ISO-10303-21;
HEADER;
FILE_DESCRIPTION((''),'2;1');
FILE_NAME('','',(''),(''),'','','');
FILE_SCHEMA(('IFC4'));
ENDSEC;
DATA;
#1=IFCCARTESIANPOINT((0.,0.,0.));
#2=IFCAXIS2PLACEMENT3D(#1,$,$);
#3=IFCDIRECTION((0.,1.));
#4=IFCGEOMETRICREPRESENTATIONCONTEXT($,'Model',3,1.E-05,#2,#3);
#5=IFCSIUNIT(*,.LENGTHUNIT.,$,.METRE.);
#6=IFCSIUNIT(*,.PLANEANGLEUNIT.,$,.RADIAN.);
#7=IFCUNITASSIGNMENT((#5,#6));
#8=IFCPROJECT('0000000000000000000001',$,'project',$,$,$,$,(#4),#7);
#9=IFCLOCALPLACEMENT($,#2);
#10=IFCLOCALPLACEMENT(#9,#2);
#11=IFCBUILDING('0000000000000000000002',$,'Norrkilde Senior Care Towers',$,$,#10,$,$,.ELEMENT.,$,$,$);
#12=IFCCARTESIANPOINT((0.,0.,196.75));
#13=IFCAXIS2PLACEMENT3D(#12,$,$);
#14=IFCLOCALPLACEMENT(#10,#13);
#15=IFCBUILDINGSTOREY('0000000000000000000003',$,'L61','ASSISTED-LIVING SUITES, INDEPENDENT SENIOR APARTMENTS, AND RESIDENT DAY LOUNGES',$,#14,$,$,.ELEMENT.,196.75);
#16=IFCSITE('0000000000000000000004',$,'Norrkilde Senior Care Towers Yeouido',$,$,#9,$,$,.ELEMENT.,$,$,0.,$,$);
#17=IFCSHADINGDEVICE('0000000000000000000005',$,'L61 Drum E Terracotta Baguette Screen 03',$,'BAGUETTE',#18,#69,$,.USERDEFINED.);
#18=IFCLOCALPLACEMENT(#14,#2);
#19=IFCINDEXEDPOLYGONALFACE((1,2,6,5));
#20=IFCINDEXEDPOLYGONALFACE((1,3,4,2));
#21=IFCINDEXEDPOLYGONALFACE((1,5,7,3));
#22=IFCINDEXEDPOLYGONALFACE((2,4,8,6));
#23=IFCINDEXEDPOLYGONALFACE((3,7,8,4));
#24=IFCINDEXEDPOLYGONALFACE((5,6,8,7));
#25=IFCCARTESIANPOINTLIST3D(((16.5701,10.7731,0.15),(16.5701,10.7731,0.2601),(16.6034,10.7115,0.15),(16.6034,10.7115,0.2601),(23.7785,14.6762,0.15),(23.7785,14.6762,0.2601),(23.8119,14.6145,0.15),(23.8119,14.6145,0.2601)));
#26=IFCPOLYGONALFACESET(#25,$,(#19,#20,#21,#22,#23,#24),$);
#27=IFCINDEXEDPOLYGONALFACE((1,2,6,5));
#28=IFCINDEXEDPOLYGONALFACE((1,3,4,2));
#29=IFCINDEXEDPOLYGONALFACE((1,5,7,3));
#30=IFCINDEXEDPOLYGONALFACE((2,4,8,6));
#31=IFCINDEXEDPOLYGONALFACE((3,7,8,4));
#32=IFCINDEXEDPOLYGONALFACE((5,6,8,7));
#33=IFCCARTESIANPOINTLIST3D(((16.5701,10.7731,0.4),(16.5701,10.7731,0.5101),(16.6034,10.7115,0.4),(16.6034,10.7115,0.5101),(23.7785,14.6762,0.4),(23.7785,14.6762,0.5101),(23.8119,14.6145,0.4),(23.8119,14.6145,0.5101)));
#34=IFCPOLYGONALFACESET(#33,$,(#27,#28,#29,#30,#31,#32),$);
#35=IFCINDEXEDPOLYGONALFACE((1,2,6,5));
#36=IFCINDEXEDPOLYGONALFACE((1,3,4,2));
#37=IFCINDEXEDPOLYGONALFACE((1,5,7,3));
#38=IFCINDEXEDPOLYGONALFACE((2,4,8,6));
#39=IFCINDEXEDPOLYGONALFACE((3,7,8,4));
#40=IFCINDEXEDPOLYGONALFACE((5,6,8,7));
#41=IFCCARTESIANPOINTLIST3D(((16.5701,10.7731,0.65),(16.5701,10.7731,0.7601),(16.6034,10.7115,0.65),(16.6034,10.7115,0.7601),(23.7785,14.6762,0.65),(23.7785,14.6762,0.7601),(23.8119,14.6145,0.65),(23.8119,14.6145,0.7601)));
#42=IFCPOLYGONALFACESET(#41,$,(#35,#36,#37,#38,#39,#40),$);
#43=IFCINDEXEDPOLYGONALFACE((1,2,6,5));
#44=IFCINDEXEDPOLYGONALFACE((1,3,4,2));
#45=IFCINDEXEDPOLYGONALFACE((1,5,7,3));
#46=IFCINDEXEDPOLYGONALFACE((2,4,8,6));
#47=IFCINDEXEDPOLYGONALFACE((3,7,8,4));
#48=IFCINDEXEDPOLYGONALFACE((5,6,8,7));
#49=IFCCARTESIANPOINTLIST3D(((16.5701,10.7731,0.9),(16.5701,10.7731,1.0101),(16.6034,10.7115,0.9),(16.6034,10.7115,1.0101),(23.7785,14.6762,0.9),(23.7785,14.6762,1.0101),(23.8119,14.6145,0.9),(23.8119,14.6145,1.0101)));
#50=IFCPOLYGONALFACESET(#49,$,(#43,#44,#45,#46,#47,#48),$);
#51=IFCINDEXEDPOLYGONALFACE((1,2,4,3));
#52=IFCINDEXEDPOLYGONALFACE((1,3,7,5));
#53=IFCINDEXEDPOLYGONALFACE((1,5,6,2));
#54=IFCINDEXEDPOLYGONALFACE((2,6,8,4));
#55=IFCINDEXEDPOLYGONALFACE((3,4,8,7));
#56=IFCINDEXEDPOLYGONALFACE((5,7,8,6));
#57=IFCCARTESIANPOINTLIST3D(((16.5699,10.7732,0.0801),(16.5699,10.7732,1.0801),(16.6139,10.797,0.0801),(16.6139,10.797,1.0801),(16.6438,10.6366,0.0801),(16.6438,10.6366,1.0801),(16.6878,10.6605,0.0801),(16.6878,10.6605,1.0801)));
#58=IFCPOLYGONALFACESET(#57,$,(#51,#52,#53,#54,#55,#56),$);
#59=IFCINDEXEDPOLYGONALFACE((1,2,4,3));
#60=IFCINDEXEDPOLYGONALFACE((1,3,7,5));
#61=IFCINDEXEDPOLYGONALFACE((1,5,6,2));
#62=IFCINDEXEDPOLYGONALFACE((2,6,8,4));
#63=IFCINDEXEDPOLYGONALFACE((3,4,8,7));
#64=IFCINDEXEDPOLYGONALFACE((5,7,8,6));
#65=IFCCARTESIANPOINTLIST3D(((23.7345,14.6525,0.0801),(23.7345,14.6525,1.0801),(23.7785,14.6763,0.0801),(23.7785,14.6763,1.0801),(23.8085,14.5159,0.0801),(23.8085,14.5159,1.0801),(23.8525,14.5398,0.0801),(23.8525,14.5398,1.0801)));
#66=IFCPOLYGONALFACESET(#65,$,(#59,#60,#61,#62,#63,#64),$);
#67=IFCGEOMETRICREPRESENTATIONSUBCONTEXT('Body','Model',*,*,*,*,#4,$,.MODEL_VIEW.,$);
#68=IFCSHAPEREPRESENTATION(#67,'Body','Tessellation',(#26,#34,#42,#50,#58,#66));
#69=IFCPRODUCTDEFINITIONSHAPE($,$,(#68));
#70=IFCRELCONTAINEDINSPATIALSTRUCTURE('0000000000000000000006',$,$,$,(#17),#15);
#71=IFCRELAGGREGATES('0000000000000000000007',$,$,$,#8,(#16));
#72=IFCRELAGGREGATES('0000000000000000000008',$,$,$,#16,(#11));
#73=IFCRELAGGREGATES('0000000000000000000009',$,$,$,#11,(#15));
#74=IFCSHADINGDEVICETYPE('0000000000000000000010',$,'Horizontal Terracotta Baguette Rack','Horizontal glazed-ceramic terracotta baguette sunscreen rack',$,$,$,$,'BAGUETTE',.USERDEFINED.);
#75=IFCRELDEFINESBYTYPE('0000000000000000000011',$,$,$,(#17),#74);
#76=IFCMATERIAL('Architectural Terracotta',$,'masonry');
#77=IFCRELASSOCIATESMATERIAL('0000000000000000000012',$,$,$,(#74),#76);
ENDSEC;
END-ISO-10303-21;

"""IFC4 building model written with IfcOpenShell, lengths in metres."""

from ifc_helpers import new_model, si_unit, direction, frame, origin, origin_2d, place, context, subcontext, project, spatial, rectangle, extrude, source, transform, mapped, material, type_object, type_shapes, element, save


model = new_model("IFC4")

# Units and contexts
model_context = context("Model", 3, precision=1e-05, world=origin(), true_north=direction((0.0, 1.0)))
body_context = subcontext(model_context, "Body", "Model", "MODEL_VIEW")
ifc_project = project(units=[si_unit("LENGTHUNIT", "METRE"), si_unit("PLANEANGLEUNIT", "RADIAN")], contexts=[model_context])

# Site, building, storey
site_placement = place(None, origin())
site = spatial("IfcSite", under=ifc_project, at=site_placement, Name="Norrkilde Senior Care Towers Yeouido", CompositionType="ELEMENT", RefElevation=0.0)
building_placement = place(site_placement, origin())
building = spatial("IfcBuilding", under=site, at=building_placement, Name="Norrkilde Senior Care Towers", CompositionType="ELEMENT")
storey_placement = place(building_placement, frame((0.0, 0.0, 196.75)))
storey = spatial("IfcBuildingStorey", under=building, at=storey_placement, Name="L61", Description="ASSISTED-LIVING SUITES, INDEPENDENT SENIOR APARTMENTS, AND RESIDENT DAY LOUNGES", CompositionType="ELEMENT", Elevation=196.75)

# Shading device
ifc_material_1 = material(Name="Architectural Terracotta", Category="masonry")
shading_device_type = type_object("IfcShadingDeviceType", Name="Horizontal Terracotta Baguette Rack", Description="Horizontal glazed-ceramic terracotta baguette sunscreen rack", ElementType="BAGUETTE", PredefinedType="USERDEFINED", material=ifc_material_1)
shared_shape_1 = source(origin(), body_context, "Body", "SweptSolid", [
    extrude(rectangle(XDim=0.0701, YDim=0.1101, at=origin_2d()), frame((0.0, 0.0901, 0.125), z_axis=(1.0, 0.0, 0.0), x_axis=(0.0, 1.0, 0.0)), (0.0, 0.0, 1.0), 8.1973),
    extrude(rectangle(XDim=0.0701, YDim=0.1101, at=origin_2d()), frame((0.0, 0.0901, 0.375), z_axis=(1.0, 0.0, 0.0), x_axis=(0.0, 1.0, 0.0)), (0.0, 0.0, 1.0), 8.1973),
    extrude(rectangle(XDim=0.0701, YDim=0.1101, at=origin_2d()), frame((0.0, 0.0901, 0.625), z_axis=(1.0, 0.0, 0.0), x_axis=(0.0, 1.0, 0.0)), (0.0, 0.0, 1.0), 8.1973),
    extrude(rectangle(XDim=0.0701, YDim=0.1101, at=origin_2d()), frame((0.0, 0.0901, 0.875), z_axis=(1.0, 0.0, 0.0), x_axis=(0.0, 1.0, 0.0)), (0.0, 0.0, 1.0), 8.1973),
    extrude(rectangle(XDim=0.05, YDim=0.1553, at=origin_2d()), frame((0.0249, 0.0476, 0.0)), (0.0, 0.0, 1.0), 1.0),
    extrude(rectangle(XDim=0.05, YDim=0.1553, at=origin_2d()), frame((8.1724, 0.0476, 0.0)), (0.0, 0.0, 1.0), 1.0),
])
type_shapes(shading_device_type, [shared_shape_1])
shading_device_placement = place(storey_placement, frame((16.6296, 10.6631, 0.0801), z_axis=(0.0, 0.0, 1.0), x_axis=(0.879378, 0.476144, 0.0)))
element("IfcShadingDevice", 1, at=shading_device_placement, inside=storey, type_object=shading_device_type, Name="L61 Drum E Terracotta Baguette Screen 03", ObjectType="BAGUETTE", PredefinedType="USERDEFINED", context=body_context, shape_type="MappedRepresentation", body=[
    mapped(shared_shape_1, transform((0.0, 0.0, 0.0), x_axis=(1.0, 0.0, 0.0), y_axis=(0.0, 1.0, 0.0), z_axis=(0.0, 0.0, 1.0), scale=1.0)),
])

save(model, "model.ifc")
